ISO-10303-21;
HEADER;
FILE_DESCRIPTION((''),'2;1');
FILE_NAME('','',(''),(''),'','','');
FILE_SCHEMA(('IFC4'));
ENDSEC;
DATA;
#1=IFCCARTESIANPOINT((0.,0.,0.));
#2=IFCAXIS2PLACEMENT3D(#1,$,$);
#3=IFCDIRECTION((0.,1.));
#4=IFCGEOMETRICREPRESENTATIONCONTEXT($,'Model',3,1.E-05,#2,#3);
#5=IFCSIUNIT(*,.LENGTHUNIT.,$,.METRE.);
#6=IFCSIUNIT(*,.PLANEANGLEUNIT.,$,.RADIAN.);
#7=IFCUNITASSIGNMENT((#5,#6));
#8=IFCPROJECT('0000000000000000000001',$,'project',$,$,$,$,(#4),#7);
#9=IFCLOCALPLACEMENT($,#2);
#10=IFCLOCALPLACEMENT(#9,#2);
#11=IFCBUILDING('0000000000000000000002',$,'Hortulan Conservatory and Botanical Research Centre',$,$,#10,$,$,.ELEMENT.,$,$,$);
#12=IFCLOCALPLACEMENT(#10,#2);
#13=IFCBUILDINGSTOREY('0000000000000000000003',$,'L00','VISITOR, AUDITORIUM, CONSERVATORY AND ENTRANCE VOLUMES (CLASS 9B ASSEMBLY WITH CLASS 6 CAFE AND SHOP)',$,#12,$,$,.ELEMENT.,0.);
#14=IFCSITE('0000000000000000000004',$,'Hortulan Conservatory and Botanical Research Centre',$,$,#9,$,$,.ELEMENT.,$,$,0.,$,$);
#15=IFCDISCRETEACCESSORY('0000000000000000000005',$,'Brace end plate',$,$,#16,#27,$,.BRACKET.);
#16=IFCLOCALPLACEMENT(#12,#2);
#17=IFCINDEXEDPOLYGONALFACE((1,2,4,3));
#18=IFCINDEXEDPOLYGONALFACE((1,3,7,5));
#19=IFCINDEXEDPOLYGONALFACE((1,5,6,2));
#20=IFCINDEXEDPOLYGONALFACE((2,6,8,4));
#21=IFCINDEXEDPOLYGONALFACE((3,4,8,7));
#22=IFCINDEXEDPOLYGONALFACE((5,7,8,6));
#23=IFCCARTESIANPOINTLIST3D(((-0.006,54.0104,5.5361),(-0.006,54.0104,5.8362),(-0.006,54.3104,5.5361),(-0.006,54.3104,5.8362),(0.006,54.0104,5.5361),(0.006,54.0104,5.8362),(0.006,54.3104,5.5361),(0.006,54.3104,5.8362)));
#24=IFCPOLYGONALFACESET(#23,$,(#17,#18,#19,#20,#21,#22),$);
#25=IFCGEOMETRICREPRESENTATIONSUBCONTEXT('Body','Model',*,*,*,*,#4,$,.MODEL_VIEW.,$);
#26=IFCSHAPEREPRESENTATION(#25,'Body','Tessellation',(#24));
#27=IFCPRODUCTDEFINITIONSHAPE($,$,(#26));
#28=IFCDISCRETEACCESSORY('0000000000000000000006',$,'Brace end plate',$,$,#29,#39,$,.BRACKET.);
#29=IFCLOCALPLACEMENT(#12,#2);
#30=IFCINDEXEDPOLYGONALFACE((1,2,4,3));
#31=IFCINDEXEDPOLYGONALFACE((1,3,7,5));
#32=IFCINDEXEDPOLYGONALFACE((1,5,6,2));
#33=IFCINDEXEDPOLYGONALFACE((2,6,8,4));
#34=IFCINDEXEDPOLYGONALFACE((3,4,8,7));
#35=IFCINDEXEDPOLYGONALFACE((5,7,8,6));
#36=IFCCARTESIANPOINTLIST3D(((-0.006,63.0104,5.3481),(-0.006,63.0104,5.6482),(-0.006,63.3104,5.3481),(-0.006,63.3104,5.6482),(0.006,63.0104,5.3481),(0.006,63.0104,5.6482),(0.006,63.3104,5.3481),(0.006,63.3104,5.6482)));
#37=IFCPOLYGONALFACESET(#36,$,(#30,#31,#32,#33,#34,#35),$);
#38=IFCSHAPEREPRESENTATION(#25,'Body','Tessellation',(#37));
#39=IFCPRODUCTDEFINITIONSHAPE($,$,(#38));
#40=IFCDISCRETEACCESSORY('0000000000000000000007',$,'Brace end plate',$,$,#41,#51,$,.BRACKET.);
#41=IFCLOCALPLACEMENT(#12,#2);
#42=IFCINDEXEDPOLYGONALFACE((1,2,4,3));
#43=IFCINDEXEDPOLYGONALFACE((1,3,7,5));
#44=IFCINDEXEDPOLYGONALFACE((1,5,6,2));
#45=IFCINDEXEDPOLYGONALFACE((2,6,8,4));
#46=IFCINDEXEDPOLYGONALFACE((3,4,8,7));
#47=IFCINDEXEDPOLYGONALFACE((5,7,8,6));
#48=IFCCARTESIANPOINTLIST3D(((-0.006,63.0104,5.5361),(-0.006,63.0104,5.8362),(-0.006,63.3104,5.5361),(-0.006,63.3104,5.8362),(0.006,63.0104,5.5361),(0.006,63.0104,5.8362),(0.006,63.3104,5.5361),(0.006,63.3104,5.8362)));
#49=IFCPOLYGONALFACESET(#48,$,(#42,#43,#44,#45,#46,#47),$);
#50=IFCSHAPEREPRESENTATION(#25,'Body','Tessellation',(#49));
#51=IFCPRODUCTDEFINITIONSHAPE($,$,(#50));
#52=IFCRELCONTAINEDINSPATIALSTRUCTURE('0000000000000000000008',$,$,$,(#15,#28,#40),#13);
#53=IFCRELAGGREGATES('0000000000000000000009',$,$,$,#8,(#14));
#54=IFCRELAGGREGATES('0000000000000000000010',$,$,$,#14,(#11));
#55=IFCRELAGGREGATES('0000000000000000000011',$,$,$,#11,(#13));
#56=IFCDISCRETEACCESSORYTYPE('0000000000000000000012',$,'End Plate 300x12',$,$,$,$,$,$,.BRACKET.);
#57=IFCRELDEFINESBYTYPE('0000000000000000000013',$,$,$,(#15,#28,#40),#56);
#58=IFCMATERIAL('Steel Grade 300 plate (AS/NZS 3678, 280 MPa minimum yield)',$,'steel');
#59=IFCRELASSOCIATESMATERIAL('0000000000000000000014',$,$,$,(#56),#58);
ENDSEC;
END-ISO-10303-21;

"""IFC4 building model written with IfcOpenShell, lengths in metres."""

from ifc_helpers import new_model, si_unit, direction, frame, origin, origin_2d, place, context, subcontext, project, spatial, rectangle, extrude, material, type_object, element, save


model = new_model("IFC4")

# Units and contexts
model_context = context("Model", 3, precision=1e-05, world=origin(), true_north=direction((0.0, 1.0)))
body_context = subcontext(model_context, "Body", "Model", "MODEL_VIEW")
ifc_project = project(units=[si_unit("LENGTHUNIT", "METRE"), si_unit("PLANEANGLEUNIT", "RADIAN")], contexts=[model_context])

# Site, building, storey
site_placement = place(None, origin())
site = spatial("IfcSite", under=ifc_project, at=site_placement, Name="Hortulan Conservatory and Botanical Research Centre", CompositionType="ELEMENT", RefElevation=0.0)
building_placement = place(site_placement, origin())
building = spatial("IfcBuilding", under=site, at=building_placement, Name="Hortulan Conservatory and Botanical Research Centre", CompositionType="ELEMENT")
storey_placement = place(building_placement, origin())
storey = spatial("IfcBuildingStorey", under=building, at=storey_placement, Name="L00", Description="VISITOR, AUDITORIUM, CONSERVATORY AND ENTRANCE VOLUMES (CLASS 9B ASSEMBLY WITH CLASS 6 CAFE AND SHOP)", CompositionType="ELEMENT", Elevation=0.0)

# Discrete accessories
ifc_material_1 = material(Name="Steel Grade 300 plate (AS/NZS 3678, 280 MPa minimum yield)", Category="steel")
discrete_accessory_type = type_object("IfcDiscreteAccessoryType", Name="End Plate 300x12", PredefinedType="BRACKET", material=ifc_material_1)
for number, where, z_axis, x_axis, name in (
    (1, (0.0, 54.1604, 5.5361), (0.0, 0.0, 1.0), (0.0, -1.0, 0.0), "Brace end plate"),
    (2, (0.0, 63.1604, 5.3481), (0.0, 0.0, 1.0), (0.0, -1.0, 0.0), "Brace end plate"),
    (3, (0.0, 63.1604, 5.5361), (0.0, 0.0, 1.0), (0.0, -1.0, 0.0), "Brace end plate"),
):
    element("IfcDiscreteAccessory", number, at=place(storey_placement, frame(where, z_axis=z_axis, x_axis=x_axis)), inside=storey, type_object=discrete_accessory_type, Name=name, PredefinedType="BRACKET", context=body_context, shape_type="SweptSolid", body=[
        extrude(rectangle(XDim=0.3, YDim=0.012, at=origin_2d()), origin(), (0.0, 0.0, 1.0), 0.3),
    ])

save(model, "model.ifc")
